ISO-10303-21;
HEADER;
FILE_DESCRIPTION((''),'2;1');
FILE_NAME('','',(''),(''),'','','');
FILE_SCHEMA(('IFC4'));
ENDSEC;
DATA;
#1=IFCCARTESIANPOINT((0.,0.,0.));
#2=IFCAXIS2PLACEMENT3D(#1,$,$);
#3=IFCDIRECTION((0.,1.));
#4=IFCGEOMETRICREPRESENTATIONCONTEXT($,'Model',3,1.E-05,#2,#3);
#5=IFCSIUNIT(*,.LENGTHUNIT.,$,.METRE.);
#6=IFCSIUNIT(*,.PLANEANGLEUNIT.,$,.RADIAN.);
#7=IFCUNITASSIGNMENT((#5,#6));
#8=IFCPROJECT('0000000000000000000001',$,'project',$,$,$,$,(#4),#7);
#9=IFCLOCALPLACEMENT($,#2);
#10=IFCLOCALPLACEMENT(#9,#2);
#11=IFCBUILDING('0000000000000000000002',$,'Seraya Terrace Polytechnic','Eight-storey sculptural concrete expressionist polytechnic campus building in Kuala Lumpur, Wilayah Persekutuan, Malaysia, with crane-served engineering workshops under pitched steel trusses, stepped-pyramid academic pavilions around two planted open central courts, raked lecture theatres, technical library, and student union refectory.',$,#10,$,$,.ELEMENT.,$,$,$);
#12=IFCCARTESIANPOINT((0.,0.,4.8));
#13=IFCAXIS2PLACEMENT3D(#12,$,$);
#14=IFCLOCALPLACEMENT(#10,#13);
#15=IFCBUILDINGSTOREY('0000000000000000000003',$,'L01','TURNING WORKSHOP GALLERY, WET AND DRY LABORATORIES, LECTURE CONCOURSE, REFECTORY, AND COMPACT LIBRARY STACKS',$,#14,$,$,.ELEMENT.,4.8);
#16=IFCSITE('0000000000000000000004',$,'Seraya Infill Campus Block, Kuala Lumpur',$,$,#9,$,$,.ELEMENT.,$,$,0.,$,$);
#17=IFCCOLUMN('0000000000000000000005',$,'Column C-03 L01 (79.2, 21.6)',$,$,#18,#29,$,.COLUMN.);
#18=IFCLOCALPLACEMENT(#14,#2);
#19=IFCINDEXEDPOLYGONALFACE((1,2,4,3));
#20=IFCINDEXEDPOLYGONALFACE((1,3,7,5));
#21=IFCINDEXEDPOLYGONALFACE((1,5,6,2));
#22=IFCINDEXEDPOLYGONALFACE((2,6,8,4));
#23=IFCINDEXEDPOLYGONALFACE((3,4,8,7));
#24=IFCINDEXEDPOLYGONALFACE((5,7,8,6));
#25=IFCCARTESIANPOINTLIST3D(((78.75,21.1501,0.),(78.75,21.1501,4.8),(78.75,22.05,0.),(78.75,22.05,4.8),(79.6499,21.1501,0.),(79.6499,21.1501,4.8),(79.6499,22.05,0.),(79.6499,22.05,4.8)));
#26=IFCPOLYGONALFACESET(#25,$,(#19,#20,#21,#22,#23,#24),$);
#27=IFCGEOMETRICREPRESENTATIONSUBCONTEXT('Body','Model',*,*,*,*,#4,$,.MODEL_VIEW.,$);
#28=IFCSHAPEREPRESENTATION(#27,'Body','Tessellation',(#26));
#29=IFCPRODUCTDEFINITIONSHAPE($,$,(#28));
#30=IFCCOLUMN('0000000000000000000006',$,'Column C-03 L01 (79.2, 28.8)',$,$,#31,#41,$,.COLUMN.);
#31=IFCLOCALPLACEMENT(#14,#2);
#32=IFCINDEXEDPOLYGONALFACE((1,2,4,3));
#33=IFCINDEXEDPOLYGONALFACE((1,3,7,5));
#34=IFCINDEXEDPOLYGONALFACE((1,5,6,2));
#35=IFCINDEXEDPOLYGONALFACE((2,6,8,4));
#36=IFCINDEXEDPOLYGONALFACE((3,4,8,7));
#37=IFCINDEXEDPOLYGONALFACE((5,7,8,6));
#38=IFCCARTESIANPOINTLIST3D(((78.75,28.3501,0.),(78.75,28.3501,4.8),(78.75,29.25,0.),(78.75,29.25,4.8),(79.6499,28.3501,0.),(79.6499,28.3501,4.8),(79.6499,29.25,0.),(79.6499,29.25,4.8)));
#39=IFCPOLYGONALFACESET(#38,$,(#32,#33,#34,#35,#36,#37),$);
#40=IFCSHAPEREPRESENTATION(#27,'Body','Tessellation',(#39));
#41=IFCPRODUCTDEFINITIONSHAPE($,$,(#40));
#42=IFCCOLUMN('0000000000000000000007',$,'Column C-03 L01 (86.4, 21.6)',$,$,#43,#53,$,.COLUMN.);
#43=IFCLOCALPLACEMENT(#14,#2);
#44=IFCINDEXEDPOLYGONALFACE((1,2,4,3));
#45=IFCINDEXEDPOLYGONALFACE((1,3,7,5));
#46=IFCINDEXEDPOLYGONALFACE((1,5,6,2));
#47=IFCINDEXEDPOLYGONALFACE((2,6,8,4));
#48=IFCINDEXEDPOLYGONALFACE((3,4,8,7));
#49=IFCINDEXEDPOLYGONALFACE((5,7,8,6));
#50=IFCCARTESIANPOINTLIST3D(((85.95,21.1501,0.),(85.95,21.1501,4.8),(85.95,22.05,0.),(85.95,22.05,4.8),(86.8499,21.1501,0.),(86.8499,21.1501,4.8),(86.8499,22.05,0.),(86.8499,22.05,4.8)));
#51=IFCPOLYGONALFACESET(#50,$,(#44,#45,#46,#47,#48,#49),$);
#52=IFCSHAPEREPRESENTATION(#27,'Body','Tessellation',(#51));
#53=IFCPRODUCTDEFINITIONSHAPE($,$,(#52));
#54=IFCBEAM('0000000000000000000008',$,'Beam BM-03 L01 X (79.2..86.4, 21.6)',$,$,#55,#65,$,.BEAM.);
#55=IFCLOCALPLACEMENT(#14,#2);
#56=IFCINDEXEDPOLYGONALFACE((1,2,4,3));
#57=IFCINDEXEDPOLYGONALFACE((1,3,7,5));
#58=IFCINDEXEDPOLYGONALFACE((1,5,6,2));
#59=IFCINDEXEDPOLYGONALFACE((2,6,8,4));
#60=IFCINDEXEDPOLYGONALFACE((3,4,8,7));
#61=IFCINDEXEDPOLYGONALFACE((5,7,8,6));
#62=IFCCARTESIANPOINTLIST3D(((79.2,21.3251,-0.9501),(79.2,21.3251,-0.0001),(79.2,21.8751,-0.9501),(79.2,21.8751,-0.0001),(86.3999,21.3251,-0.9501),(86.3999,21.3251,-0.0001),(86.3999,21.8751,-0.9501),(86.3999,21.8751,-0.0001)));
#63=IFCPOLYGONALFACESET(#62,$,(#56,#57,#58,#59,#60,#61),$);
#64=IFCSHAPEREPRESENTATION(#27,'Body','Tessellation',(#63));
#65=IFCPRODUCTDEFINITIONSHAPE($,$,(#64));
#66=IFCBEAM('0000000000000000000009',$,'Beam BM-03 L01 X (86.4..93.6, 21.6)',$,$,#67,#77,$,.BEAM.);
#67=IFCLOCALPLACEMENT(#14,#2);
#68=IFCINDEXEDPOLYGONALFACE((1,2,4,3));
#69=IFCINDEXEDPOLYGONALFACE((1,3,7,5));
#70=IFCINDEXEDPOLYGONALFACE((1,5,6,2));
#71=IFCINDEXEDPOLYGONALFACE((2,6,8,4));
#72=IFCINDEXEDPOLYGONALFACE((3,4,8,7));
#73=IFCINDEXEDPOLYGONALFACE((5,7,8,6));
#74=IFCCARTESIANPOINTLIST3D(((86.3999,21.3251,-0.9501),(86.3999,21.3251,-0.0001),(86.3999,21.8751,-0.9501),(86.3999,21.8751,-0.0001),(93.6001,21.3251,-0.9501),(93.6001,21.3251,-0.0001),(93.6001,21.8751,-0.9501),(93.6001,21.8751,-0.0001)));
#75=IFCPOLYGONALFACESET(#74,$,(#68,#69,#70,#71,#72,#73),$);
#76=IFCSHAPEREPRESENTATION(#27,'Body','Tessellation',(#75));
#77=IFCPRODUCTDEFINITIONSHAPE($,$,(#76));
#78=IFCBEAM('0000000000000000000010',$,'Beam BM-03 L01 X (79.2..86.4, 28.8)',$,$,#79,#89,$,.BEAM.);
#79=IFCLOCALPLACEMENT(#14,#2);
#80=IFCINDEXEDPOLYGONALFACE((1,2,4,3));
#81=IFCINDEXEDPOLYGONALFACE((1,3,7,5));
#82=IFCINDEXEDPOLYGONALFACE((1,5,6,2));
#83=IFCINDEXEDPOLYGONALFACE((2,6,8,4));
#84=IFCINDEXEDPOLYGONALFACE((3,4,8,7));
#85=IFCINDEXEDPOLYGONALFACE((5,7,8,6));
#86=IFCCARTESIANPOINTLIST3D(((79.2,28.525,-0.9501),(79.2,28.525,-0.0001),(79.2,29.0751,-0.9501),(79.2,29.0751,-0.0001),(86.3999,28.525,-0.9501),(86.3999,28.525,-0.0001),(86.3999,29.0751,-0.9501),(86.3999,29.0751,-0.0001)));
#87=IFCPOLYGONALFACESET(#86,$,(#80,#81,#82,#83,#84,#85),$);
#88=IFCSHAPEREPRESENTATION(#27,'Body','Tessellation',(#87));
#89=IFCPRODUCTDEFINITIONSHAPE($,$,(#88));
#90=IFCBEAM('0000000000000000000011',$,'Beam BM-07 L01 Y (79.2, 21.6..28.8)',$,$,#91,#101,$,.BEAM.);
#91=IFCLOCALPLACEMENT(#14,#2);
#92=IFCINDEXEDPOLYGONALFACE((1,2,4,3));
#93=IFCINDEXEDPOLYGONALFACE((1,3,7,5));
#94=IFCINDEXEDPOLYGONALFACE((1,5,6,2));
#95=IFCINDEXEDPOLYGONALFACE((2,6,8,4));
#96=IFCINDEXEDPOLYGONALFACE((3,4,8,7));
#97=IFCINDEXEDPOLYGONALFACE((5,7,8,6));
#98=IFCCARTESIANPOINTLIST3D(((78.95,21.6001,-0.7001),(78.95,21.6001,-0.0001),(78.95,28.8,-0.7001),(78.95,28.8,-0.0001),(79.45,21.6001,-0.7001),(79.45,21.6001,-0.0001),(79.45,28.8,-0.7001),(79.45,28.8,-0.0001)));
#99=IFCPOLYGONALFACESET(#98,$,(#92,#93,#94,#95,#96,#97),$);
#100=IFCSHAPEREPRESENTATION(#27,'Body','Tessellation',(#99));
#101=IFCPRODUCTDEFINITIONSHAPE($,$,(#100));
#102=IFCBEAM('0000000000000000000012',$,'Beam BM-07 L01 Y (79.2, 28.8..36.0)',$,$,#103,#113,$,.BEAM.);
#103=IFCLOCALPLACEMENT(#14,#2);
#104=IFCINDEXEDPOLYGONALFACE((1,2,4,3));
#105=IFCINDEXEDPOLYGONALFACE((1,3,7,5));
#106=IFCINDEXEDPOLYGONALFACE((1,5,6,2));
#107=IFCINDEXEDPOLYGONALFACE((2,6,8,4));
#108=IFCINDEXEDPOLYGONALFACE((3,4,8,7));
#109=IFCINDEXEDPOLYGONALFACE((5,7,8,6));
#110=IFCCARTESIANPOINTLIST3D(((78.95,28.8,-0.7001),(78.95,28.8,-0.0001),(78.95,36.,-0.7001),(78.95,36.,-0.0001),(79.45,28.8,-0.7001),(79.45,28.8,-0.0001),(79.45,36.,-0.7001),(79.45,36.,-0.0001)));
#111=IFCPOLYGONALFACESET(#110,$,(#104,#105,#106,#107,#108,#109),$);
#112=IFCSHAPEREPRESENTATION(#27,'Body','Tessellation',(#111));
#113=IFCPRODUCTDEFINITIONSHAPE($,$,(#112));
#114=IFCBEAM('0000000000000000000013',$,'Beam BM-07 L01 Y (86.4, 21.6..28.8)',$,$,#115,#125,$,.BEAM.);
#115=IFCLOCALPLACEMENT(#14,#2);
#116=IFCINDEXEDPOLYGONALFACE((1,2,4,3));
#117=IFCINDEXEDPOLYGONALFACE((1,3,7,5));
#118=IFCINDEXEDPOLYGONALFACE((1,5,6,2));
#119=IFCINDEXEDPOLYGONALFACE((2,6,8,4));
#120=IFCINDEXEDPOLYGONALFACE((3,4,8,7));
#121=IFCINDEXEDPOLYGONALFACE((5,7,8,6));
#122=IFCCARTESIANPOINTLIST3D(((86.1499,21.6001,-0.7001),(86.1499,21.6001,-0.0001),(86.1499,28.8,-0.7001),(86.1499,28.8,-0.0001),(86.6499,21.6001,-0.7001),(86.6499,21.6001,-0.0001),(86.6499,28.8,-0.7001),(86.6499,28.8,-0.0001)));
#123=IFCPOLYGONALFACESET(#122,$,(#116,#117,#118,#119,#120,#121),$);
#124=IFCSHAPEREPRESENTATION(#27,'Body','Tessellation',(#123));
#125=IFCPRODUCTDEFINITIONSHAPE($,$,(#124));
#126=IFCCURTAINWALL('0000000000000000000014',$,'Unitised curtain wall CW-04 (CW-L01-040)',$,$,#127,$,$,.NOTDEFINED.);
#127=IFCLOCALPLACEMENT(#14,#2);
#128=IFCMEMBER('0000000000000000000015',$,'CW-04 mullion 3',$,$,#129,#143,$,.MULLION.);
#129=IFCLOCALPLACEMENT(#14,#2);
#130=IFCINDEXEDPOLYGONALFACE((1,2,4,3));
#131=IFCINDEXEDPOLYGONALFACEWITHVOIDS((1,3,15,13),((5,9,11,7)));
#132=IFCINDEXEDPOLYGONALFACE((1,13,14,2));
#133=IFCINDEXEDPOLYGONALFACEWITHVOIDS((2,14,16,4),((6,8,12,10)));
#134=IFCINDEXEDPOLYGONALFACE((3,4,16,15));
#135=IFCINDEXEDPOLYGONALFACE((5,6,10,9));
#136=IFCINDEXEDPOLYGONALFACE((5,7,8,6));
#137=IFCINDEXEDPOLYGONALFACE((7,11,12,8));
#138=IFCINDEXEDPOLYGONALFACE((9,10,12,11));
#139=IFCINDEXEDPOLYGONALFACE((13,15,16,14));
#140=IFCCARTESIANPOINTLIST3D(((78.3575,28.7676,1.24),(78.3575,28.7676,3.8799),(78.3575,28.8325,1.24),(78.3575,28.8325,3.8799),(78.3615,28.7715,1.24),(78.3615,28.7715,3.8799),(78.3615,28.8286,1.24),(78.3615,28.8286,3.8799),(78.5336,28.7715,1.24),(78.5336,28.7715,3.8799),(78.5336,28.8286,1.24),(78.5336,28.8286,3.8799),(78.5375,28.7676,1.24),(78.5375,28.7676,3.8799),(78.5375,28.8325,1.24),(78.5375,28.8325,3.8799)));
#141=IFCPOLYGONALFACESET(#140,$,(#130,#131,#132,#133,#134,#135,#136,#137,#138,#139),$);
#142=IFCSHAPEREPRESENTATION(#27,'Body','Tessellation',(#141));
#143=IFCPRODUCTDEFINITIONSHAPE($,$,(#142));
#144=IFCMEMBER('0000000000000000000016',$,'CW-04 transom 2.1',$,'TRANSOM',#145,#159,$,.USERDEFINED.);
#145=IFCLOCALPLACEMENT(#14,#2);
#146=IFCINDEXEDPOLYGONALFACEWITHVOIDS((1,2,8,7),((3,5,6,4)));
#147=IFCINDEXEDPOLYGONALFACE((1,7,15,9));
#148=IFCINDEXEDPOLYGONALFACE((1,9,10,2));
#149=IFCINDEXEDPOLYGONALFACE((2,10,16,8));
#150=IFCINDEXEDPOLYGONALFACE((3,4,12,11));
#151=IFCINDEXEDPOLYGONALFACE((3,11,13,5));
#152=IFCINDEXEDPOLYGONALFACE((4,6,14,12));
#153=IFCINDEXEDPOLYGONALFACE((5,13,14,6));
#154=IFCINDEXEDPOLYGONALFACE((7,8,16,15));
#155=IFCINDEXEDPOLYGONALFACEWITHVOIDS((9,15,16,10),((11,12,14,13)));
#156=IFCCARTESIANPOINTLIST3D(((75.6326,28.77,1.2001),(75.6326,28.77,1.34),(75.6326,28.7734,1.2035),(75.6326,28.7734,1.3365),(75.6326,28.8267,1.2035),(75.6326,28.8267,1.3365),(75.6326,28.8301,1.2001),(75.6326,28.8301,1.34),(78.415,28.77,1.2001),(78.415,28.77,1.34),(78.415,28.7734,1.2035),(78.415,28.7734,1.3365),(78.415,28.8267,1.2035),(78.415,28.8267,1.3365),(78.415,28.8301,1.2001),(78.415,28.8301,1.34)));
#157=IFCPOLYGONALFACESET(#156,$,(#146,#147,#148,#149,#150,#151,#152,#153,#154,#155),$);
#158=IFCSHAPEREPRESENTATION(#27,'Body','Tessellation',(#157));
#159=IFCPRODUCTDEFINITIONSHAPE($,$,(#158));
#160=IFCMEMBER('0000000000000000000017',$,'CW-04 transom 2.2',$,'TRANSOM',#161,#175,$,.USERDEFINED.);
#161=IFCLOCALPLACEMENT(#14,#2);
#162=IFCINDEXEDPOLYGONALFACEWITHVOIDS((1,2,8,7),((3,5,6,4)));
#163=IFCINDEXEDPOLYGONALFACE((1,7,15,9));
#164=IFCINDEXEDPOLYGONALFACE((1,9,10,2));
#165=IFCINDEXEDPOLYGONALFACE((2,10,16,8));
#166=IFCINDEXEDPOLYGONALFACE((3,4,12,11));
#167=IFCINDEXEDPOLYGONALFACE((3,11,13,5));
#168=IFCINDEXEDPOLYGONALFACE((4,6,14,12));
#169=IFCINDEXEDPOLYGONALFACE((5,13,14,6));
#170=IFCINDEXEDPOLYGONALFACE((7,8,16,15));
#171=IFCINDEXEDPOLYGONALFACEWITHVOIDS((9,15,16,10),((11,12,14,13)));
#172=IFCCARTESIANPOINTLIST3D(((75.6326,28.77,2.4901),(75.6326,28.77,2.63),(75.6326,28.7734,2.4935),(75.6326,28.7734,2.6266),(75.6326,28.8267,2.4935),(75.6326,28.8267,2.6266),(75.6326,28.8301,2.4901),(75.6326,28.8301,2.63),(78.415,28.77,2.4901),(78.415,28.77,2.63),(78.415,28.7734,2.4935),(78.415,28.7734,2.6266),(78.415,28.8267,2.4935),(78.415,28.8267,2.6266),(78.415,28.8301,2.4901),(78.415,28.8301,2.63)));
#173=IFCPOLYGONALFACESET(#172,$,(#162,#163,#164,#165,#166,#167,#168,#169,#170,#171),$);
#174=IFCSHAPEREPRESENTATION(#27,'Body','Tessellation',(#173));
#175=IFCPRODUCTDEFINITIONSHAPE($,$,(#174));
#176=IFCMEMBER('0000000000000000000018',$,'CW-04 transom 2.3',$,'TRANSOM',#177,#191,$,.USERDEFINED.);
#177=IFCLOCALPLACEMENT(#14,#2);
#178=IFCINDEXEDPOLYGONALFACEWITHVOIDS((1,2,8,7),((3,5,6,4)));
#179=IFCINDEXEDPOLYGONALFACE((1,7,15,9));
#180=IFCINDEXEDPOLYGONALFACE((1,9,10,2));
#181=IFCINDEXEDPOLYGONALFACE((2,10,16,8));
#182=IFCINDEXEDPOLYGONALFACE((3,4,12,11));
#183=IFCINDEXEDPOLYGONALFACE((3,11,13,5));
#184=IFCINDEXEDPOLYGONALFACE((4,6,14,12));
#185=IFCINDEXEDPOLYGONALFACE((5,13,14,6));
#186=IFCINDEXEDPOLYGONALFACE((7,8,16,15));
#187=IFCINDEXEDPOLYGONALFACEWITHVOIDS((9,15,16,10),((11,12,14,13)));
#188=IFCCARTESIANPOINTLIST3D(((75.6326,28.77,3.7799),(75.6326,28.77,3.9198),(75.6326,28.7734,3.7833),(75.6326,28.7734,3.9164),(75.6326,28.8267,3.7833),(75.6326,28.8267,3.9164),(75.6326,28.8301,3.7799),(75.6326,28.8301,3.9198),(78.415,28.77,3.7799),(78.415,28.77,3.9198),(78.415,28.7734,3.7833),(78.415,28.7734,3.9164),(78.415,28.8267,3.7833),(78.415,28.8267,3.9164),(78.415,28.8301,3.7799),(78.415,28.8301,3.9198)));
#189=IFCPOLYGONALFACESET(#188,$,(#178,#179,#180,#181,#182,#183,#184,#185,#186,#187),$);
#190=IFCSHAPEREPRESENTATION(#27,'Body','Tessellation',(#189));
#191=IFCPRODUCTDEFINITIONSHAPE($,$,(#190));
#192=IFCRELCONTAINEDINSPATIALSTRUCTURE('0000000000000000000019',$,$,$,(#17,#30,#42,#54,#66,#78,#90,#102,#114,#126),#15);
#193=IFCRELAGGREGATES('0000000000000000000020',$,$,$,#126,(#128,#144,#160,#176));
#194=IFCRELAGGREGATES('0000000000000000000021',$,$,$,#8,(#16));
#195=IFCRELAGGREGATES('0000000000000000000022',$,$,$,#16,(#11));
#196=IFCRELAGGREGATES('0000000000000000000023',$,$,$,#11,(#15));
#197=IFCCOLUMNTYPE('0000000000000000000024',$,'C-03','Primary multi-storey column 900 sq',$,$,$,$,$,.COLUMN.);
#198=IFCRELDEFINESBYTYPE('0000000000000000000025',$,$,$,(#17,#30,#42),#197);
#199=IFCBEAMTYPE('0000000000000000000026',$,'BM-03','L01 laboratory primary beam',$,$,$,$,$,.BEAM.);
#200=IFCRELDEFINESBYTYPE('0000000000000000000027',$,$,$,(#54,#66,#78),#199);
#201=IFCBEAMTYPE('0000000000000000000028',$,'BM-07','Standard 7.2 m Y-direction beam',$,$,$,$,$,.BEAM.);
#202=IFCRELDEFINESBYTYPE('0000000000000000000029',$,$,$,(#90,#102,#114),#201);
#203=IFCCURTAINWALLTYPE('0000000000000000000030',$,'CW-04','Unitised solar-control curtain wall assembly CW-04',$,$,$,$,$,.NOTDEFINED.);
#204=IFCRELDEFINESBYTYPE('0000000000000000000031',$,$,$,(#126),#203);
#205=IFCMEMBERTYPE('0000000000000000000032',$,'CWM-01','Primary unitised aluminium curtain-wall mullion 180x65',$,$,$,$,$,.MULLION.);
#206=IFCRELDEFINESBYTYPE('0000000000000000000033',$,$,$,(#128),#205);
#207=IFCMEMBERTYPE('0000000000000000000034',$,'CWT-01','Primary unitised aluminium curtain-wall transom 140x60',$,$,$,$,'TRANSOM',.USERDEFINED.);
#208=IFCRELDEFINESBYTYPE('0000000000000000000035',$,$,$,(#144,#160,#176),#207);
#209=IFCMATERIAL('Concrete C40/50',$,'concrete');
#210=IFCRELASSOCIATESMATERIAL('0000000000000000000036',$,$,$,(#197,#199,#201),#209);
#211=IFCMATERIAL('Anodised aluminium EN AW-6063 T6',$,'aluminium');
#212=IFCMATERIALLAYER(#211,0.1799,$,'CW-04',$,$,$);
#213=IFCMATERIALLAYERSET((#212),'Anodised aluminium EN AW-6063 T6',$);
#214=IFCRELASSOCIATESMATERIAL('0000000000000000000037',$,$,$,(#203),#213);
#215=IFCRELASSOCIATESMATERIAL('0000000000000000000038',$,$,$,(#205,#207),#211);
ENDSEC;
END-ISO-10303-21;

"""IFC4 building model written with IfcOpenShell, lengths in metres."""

from ifc_helpers import new_model, si_unit, direction, frame, origin, origin_2d, place, context, subcontext, project, spatial, rectangle, hollow_rectangle, extrude, material, layer, layer_set, material_profile, profile_set, type_object, element, aggregate, save


model = new_model("IFC4")

# Units and contexts
model_context = context("Model", 3, precision=1e-05, world=origin(), true_north=direction((0.0, 1.0)))
body_context = subcontext(model_context, "Body", "Model", "MODEL_VIEW")
ifc_project = project(units=[si_unit("LENGTHUNIT", "METRE"), si_unit("PLANEANGLEUNIT", "RADIAN")], contexts=[model_context])

# Site, building, storey
site_placement = place(None, origin())
site = spatial("IfcSite", under=ifc_project, at=site_placement, Name="Seraya Infill Campus Block, Kuala Lumpur", CompositionType="ELEMENT", RefElevation=0.0)
building_placement = place(site_placement, origin())
building = spatial("IfcBuilding", under=site, at=building_placement, Name="Seraya Terrace Polytechnic", Description="Eight-storey sculptural concrete expressionist polytechnic campus building in Kuala Lumpur, Wilayah Persekutuan, Malaysia, with crane-served engineering workshops under pitched steel trusses, stepped-pyramid academic pavilions around two planted open central courts, raked lecture theatres, technical library, and student union refectory.", CompositionType="ELEMENT")
storey_placement = place(building_placement, frame((0.0, 0.0, 4.8)))
storey = spatial("IfcBuildingStorey", under=building, at=storey_placement, Name="L01", Description="TURNING WORKSHOP GALLERY, WET AND DRY LABORATORIES, LECTURE CONCOURSE, REFECTORY, AND COMPACT LIBRARY STACKS", CompositionType="ELEMENT", Elevation=4.8)

# Columns
ifc_material_1 = material(Name="Concrete C40/50", Category="concrete")
ifc_material_profile_1 = material_profile(ifc_material_1, rectangle(XDim=0.8999, YDim=0.8999, at=origin_2d()), Name="RC 900x900")
ifc_profile_set_1 = profile_set([ifc_material_profile_1], Name="Concrete C40/50")
column_type = type_object("IfcColumnType", Name="C-03", Description="Primary multi-storey column 900 sq", PredefinedType="COLUMN", material=ifc_profile_set_1)
for number, where, z_axis, x_axis, name in (
    (1, (79.2, 21.6001, 0.0), (0.0, 0.0, 1.0), (1.0, 0.0, 0.0), "Column C-03 L01 (79.2, 21.6)"),
    (2, (79.2, 28.8, 0.0), (0.0, 0.0, 1.0), (1.0, 0.0, 0.0), "Column C-03 L01 (79.2, 28.8)"),
    (3, (86.3999, 21.6001, 0.0), (0.0, 0.0, 1.0), (1.0, 0.0, 0.0), "Column C-03 L01 (86.4, 21.6)"),
):
    element("IfcColumn", number, at=place(storey_placement, frame(where, z_axis=z_axis, x_axis=x_axis)), inside=storey, type_object=column_type, Name=name, PredefinedType="COLUMN", context=body_context, shape_type="SweptSolid", body=[
        extrude(rectangle(XDim=0.8999, YDim=0.8999, at=origin_2d()), origin(), (0.0, 0.0, 1.0), 4.8),
    ])

# Beams
ifc_material_profile_2 = material_profile(ifc_material_1, rectangle(XDim=0.55, YDim=0.95, at=origin_2d()), Name="RC 550x950")
ifc_profile_set_2 = profile_set([ifc_material_profile_2], Name="Concrete C40/50")
beam_type_1 = type_object("IfcBeamType", Name="BM-03", Description="L01 laboratory primary beam", PredefinedType="BEAM", material=ifc_profile_set_2)
beam_1_placement = place(storey_placement, frame((79.2, 21.6001, -0.4751), z_axis=(1.0, 0.0, 0.0), x_axis=(0.0, 1.0, 0.0)))
element("IfcBeam", 4, at=beam_1_placement, inside=storey, type_object=beam_type_1, Name="Beam BM-03 L01 X (79.2..86.4, 21.6)", PredefinedType="BEAM", context=body_context, shape_type="SweptSolid", body=[
    extrude(rectangle(XDim=0.55, YDim=0.95, at=origin_2d()), origin(), (0.0, 0.0, 1.0), 7.2),
])
beam_2_placement = place(storey_placement, frame((86.3999, 21.6001, -0.4751), z_axis=(1.0, 0.0, 0.0), x_axis=(0.0, 1.0, 0.0)))
element("IfcBeam", 5, at=beam_2_placement, inside=storey, type_object=beam_type_1, Name="Beam BM-03 L01 X (86.4..93.6, 21.6)", PredefinedType="BEAM", context=body_context, shape_type="SweptSolid", body=[
    extrude(rectangle(XDim=0.55, YDim=0.95, at=origin_2d()), origin(), (0.0, 0.0, 1.0), 7.2002),
])
beam_3_placement = place(storey_placement, frame((79.2, 28.8, -0.4751), z_axis=(1.0, 0.0, 0.0), x_axis=(0.0, 1.0, 0.0)))
element("IfcBeam", 6, at=beam_3_placement, inside=storey, type_object=beam_type_1, Name="Beam BM-03 L01 X (79.2..86.4, 28.8)", PredefinedType="BEAM", context=body_context, shape_type="SweptSolid", body=[
    extrude(rectangle(XDim=0.55, YDim=0.95, at=origin_2d()), origin(), (0.0, 0.0, 1.0), 7.2),
])
ifc_material_profile_3 = material_profile(ifc_material_1, rectangle(XDim=0.5, YDim=0.7, at=origin_2d()), Name="RC 500x700")
ifc_profile_set_3 = profile_set([ifc_material_profile_3], Name="Concrete C40/50")
beam_type_2 = type_object("IfcBeamType", Name="BM-07", Description="Standard 7.2 m Y-direction beam", PredefinedType="BEAM", material=ifc_profile_set_3)
for number, where, z_axis, x_axis, name in (
    (7, (79.2, 21.6001, -0.3501), (0.0, 1.0, 0.0), (-1.0, 0.0, 0.0), "Beam BM-07 L01 Y (79.2, 21.6..28.8)"),
    (8, (79.2, 28.8, -0.3501), (0.0, 1.0, 0.0), (-1.0, 0.0, 0.0), "Beam BM-07 L01 Y (79.2, 28.8..36.0)"),
    (9, (86.3999, 21.6001, -0.3501), (0.0, 1.0, 0.0), (-1.0, 0.0, 0.0), "Beam BM-07 L01 Y (86.4, 21.6..28.8)"),
):
    element("IfcBeam", number, at=place(storey_placement, frame(where, z_axis=z_axis, x_axis=x_axis)), inside=storey, type_object=beam_type_2, Name=name, PredefinedType="BEAM", context=body_context, shape_type="SweptSolid", body=[
        extrude(rectangle(XDim=0.5, YDim=0.7, at=origin_2d()), origin(), (0.0, 0.0, 1.0), 7.2),
    ])

# Curtain wall, members
ifc_material_2 = material(Name="Anodised aluminium EN AW-6063 T6", Category="aluminium")
ifc_layer_1 = layer(ifc_material_2, 0.1799, Name="CW-04")
ifc_layer_set_1 = layer_set([ifc_layer_1], Name="Anodised aluminium EN AW-6063 T6")
curtain_wall_type = type_object("IfcCurtainWallType", Name="CW-04", Description="Unitised solar-control curtain wall assembly CW-04", PredefinedType="NOTDEFINED", material=ifc_layer_set_1)
curtain_wall_placement = place(storey_placement, origin())
curtain_wall = element("IfcCurtainWall", 10, at=curtain_wall_placement, inside=storey, type_object=curtain_wall_type, Name="Unitised curtain wall CW-04 (CW-L01-040)", PredefinedType="NOTDEFINED")
ifc_material_profile_4 = material_profile(ifc_material_2, hollow_rectangle(XDim=0.0649, YDim=0.1799, WallThickness=0.0039, at=origin_2d()), Name="RHS 180x65x4.0")
ifc_profile_set_4 = profile_set([ifc_material_profile_4], Name="Anodised aluminium EN AW-6063 T6")
member_type_1 = type_object("IfcMemberType", Name="CWM-01", Description="Primary unitised aluminium curtain-wall mullion 180x65", PredefinedType="MULLION", material=ifc_profile_set_4)
member_1_placement = place(storey_placement, frame((78.4475, 28.8, 1.24), z_axis=(0.0, 0.0, 1.0), x_axis=(0.0, 1.0, 0.0)))
member_1 = element("IfcMember", 11, at=member_1_placement, type_object=member_type_1, Name="CW-04 mullion 3", PredefinedType="MULLION", context=body_context, shape_type="SweptSolid", body=[
    extrude(hollow_rectangle(XDim=0.0649, YDim=0.1799, WallThickness=0.0039, at=origin_2d()), origin(), (0.0, 0.0, 1.0), 2.6399),
])
ifc_material_profile_5 = material_profile(ifc_material_2, hollow_rectangle(XDim=0.0601, YDim=0.1399, WallThickness=0.0034, at=origin_2d()), Name="RHS 140x60x3.5")
ifc_profile_set_5 = profile_set([ifc_material_profile_5], Name="Anodised aluminium EN AW-6063 T6")
member_type_2 = type_object("IfcMemberType", Name="CWT-01", Description="Primary unitised aluminium curtain-wall transom 140x60", ElementType="TRANSOM", PredefinedType="USERDEFINED", material=ifc_profile_set_5)
member_2_placement = place(storey_placement, frame((75.6326, 28.8, 1.27), z_axis=(1.0, 0.0, 0.0), x_axis=(0.0, 1.0, 0.0)))
member_2 = element("IfcMember", 12, at=member_2_placement, type_object=member_type_2, Name="CW-04 transom 2.1", ObjectType="TRANSOM", PredefinedType="USERDEFINED", context=body_context, shape_type="SweptSolid", body=[
    extrude(hollow_rectangle(XDim=0.0601, YDim=0.1399, WallThickness=0.0034, at=origin_2d()), origin(), (0.0, 0.0, 1.0), 2.7825),
])
member_3_placement = place(storey_placement, frame((75.6326, 28.8, 2.5601), z_axis=(1.0, 0.0, 0.0), x_axis=(0.0, 1.0, 0.0)))
member_3 = element("IfcMember", 13, at=member_3_placement, type_object=member_type_2, Name="CW-04 transom 2.2", ObjectType="TRANSOM", PredefinedType="USERDEFINED", context=body_context, shape_type="SweptSolid", body=[
    extrude(hollow_rectangle(XDim=0.0601, YDim=0.1399, WallThickness=0.0034, at=origin_2d()), origin(), (0.0, 0.0, 1.0), 2.7825),
])
member_4_placement = place(storey_placement, frame((75.6326, 28.8, 3.8499), z_axis=(1.0, 0.0, 0.0), x_axis=(0.0, 1.0, 0.0)))
member_4 = element("IfcMember", 14, at=member_4_placement, type_object=member_type_2, Name="CW-04 transom 2.3", ObjectType="TRANSOM", PredefinedType="USERDEFINED", context=body_context, shape_type="SweptSolid", body=[
    extrude(hollow_rectangle(XDim=0.0601, YDim=0.1399, WallThickness=0.0034, at=origin_2d()), origin(), (0.0, 0.0, 1.0), 2.7825),
])
aggregate(curtain_wall, [member_1, member_2, member_3, member_4])

save(model, "model.ifc")
